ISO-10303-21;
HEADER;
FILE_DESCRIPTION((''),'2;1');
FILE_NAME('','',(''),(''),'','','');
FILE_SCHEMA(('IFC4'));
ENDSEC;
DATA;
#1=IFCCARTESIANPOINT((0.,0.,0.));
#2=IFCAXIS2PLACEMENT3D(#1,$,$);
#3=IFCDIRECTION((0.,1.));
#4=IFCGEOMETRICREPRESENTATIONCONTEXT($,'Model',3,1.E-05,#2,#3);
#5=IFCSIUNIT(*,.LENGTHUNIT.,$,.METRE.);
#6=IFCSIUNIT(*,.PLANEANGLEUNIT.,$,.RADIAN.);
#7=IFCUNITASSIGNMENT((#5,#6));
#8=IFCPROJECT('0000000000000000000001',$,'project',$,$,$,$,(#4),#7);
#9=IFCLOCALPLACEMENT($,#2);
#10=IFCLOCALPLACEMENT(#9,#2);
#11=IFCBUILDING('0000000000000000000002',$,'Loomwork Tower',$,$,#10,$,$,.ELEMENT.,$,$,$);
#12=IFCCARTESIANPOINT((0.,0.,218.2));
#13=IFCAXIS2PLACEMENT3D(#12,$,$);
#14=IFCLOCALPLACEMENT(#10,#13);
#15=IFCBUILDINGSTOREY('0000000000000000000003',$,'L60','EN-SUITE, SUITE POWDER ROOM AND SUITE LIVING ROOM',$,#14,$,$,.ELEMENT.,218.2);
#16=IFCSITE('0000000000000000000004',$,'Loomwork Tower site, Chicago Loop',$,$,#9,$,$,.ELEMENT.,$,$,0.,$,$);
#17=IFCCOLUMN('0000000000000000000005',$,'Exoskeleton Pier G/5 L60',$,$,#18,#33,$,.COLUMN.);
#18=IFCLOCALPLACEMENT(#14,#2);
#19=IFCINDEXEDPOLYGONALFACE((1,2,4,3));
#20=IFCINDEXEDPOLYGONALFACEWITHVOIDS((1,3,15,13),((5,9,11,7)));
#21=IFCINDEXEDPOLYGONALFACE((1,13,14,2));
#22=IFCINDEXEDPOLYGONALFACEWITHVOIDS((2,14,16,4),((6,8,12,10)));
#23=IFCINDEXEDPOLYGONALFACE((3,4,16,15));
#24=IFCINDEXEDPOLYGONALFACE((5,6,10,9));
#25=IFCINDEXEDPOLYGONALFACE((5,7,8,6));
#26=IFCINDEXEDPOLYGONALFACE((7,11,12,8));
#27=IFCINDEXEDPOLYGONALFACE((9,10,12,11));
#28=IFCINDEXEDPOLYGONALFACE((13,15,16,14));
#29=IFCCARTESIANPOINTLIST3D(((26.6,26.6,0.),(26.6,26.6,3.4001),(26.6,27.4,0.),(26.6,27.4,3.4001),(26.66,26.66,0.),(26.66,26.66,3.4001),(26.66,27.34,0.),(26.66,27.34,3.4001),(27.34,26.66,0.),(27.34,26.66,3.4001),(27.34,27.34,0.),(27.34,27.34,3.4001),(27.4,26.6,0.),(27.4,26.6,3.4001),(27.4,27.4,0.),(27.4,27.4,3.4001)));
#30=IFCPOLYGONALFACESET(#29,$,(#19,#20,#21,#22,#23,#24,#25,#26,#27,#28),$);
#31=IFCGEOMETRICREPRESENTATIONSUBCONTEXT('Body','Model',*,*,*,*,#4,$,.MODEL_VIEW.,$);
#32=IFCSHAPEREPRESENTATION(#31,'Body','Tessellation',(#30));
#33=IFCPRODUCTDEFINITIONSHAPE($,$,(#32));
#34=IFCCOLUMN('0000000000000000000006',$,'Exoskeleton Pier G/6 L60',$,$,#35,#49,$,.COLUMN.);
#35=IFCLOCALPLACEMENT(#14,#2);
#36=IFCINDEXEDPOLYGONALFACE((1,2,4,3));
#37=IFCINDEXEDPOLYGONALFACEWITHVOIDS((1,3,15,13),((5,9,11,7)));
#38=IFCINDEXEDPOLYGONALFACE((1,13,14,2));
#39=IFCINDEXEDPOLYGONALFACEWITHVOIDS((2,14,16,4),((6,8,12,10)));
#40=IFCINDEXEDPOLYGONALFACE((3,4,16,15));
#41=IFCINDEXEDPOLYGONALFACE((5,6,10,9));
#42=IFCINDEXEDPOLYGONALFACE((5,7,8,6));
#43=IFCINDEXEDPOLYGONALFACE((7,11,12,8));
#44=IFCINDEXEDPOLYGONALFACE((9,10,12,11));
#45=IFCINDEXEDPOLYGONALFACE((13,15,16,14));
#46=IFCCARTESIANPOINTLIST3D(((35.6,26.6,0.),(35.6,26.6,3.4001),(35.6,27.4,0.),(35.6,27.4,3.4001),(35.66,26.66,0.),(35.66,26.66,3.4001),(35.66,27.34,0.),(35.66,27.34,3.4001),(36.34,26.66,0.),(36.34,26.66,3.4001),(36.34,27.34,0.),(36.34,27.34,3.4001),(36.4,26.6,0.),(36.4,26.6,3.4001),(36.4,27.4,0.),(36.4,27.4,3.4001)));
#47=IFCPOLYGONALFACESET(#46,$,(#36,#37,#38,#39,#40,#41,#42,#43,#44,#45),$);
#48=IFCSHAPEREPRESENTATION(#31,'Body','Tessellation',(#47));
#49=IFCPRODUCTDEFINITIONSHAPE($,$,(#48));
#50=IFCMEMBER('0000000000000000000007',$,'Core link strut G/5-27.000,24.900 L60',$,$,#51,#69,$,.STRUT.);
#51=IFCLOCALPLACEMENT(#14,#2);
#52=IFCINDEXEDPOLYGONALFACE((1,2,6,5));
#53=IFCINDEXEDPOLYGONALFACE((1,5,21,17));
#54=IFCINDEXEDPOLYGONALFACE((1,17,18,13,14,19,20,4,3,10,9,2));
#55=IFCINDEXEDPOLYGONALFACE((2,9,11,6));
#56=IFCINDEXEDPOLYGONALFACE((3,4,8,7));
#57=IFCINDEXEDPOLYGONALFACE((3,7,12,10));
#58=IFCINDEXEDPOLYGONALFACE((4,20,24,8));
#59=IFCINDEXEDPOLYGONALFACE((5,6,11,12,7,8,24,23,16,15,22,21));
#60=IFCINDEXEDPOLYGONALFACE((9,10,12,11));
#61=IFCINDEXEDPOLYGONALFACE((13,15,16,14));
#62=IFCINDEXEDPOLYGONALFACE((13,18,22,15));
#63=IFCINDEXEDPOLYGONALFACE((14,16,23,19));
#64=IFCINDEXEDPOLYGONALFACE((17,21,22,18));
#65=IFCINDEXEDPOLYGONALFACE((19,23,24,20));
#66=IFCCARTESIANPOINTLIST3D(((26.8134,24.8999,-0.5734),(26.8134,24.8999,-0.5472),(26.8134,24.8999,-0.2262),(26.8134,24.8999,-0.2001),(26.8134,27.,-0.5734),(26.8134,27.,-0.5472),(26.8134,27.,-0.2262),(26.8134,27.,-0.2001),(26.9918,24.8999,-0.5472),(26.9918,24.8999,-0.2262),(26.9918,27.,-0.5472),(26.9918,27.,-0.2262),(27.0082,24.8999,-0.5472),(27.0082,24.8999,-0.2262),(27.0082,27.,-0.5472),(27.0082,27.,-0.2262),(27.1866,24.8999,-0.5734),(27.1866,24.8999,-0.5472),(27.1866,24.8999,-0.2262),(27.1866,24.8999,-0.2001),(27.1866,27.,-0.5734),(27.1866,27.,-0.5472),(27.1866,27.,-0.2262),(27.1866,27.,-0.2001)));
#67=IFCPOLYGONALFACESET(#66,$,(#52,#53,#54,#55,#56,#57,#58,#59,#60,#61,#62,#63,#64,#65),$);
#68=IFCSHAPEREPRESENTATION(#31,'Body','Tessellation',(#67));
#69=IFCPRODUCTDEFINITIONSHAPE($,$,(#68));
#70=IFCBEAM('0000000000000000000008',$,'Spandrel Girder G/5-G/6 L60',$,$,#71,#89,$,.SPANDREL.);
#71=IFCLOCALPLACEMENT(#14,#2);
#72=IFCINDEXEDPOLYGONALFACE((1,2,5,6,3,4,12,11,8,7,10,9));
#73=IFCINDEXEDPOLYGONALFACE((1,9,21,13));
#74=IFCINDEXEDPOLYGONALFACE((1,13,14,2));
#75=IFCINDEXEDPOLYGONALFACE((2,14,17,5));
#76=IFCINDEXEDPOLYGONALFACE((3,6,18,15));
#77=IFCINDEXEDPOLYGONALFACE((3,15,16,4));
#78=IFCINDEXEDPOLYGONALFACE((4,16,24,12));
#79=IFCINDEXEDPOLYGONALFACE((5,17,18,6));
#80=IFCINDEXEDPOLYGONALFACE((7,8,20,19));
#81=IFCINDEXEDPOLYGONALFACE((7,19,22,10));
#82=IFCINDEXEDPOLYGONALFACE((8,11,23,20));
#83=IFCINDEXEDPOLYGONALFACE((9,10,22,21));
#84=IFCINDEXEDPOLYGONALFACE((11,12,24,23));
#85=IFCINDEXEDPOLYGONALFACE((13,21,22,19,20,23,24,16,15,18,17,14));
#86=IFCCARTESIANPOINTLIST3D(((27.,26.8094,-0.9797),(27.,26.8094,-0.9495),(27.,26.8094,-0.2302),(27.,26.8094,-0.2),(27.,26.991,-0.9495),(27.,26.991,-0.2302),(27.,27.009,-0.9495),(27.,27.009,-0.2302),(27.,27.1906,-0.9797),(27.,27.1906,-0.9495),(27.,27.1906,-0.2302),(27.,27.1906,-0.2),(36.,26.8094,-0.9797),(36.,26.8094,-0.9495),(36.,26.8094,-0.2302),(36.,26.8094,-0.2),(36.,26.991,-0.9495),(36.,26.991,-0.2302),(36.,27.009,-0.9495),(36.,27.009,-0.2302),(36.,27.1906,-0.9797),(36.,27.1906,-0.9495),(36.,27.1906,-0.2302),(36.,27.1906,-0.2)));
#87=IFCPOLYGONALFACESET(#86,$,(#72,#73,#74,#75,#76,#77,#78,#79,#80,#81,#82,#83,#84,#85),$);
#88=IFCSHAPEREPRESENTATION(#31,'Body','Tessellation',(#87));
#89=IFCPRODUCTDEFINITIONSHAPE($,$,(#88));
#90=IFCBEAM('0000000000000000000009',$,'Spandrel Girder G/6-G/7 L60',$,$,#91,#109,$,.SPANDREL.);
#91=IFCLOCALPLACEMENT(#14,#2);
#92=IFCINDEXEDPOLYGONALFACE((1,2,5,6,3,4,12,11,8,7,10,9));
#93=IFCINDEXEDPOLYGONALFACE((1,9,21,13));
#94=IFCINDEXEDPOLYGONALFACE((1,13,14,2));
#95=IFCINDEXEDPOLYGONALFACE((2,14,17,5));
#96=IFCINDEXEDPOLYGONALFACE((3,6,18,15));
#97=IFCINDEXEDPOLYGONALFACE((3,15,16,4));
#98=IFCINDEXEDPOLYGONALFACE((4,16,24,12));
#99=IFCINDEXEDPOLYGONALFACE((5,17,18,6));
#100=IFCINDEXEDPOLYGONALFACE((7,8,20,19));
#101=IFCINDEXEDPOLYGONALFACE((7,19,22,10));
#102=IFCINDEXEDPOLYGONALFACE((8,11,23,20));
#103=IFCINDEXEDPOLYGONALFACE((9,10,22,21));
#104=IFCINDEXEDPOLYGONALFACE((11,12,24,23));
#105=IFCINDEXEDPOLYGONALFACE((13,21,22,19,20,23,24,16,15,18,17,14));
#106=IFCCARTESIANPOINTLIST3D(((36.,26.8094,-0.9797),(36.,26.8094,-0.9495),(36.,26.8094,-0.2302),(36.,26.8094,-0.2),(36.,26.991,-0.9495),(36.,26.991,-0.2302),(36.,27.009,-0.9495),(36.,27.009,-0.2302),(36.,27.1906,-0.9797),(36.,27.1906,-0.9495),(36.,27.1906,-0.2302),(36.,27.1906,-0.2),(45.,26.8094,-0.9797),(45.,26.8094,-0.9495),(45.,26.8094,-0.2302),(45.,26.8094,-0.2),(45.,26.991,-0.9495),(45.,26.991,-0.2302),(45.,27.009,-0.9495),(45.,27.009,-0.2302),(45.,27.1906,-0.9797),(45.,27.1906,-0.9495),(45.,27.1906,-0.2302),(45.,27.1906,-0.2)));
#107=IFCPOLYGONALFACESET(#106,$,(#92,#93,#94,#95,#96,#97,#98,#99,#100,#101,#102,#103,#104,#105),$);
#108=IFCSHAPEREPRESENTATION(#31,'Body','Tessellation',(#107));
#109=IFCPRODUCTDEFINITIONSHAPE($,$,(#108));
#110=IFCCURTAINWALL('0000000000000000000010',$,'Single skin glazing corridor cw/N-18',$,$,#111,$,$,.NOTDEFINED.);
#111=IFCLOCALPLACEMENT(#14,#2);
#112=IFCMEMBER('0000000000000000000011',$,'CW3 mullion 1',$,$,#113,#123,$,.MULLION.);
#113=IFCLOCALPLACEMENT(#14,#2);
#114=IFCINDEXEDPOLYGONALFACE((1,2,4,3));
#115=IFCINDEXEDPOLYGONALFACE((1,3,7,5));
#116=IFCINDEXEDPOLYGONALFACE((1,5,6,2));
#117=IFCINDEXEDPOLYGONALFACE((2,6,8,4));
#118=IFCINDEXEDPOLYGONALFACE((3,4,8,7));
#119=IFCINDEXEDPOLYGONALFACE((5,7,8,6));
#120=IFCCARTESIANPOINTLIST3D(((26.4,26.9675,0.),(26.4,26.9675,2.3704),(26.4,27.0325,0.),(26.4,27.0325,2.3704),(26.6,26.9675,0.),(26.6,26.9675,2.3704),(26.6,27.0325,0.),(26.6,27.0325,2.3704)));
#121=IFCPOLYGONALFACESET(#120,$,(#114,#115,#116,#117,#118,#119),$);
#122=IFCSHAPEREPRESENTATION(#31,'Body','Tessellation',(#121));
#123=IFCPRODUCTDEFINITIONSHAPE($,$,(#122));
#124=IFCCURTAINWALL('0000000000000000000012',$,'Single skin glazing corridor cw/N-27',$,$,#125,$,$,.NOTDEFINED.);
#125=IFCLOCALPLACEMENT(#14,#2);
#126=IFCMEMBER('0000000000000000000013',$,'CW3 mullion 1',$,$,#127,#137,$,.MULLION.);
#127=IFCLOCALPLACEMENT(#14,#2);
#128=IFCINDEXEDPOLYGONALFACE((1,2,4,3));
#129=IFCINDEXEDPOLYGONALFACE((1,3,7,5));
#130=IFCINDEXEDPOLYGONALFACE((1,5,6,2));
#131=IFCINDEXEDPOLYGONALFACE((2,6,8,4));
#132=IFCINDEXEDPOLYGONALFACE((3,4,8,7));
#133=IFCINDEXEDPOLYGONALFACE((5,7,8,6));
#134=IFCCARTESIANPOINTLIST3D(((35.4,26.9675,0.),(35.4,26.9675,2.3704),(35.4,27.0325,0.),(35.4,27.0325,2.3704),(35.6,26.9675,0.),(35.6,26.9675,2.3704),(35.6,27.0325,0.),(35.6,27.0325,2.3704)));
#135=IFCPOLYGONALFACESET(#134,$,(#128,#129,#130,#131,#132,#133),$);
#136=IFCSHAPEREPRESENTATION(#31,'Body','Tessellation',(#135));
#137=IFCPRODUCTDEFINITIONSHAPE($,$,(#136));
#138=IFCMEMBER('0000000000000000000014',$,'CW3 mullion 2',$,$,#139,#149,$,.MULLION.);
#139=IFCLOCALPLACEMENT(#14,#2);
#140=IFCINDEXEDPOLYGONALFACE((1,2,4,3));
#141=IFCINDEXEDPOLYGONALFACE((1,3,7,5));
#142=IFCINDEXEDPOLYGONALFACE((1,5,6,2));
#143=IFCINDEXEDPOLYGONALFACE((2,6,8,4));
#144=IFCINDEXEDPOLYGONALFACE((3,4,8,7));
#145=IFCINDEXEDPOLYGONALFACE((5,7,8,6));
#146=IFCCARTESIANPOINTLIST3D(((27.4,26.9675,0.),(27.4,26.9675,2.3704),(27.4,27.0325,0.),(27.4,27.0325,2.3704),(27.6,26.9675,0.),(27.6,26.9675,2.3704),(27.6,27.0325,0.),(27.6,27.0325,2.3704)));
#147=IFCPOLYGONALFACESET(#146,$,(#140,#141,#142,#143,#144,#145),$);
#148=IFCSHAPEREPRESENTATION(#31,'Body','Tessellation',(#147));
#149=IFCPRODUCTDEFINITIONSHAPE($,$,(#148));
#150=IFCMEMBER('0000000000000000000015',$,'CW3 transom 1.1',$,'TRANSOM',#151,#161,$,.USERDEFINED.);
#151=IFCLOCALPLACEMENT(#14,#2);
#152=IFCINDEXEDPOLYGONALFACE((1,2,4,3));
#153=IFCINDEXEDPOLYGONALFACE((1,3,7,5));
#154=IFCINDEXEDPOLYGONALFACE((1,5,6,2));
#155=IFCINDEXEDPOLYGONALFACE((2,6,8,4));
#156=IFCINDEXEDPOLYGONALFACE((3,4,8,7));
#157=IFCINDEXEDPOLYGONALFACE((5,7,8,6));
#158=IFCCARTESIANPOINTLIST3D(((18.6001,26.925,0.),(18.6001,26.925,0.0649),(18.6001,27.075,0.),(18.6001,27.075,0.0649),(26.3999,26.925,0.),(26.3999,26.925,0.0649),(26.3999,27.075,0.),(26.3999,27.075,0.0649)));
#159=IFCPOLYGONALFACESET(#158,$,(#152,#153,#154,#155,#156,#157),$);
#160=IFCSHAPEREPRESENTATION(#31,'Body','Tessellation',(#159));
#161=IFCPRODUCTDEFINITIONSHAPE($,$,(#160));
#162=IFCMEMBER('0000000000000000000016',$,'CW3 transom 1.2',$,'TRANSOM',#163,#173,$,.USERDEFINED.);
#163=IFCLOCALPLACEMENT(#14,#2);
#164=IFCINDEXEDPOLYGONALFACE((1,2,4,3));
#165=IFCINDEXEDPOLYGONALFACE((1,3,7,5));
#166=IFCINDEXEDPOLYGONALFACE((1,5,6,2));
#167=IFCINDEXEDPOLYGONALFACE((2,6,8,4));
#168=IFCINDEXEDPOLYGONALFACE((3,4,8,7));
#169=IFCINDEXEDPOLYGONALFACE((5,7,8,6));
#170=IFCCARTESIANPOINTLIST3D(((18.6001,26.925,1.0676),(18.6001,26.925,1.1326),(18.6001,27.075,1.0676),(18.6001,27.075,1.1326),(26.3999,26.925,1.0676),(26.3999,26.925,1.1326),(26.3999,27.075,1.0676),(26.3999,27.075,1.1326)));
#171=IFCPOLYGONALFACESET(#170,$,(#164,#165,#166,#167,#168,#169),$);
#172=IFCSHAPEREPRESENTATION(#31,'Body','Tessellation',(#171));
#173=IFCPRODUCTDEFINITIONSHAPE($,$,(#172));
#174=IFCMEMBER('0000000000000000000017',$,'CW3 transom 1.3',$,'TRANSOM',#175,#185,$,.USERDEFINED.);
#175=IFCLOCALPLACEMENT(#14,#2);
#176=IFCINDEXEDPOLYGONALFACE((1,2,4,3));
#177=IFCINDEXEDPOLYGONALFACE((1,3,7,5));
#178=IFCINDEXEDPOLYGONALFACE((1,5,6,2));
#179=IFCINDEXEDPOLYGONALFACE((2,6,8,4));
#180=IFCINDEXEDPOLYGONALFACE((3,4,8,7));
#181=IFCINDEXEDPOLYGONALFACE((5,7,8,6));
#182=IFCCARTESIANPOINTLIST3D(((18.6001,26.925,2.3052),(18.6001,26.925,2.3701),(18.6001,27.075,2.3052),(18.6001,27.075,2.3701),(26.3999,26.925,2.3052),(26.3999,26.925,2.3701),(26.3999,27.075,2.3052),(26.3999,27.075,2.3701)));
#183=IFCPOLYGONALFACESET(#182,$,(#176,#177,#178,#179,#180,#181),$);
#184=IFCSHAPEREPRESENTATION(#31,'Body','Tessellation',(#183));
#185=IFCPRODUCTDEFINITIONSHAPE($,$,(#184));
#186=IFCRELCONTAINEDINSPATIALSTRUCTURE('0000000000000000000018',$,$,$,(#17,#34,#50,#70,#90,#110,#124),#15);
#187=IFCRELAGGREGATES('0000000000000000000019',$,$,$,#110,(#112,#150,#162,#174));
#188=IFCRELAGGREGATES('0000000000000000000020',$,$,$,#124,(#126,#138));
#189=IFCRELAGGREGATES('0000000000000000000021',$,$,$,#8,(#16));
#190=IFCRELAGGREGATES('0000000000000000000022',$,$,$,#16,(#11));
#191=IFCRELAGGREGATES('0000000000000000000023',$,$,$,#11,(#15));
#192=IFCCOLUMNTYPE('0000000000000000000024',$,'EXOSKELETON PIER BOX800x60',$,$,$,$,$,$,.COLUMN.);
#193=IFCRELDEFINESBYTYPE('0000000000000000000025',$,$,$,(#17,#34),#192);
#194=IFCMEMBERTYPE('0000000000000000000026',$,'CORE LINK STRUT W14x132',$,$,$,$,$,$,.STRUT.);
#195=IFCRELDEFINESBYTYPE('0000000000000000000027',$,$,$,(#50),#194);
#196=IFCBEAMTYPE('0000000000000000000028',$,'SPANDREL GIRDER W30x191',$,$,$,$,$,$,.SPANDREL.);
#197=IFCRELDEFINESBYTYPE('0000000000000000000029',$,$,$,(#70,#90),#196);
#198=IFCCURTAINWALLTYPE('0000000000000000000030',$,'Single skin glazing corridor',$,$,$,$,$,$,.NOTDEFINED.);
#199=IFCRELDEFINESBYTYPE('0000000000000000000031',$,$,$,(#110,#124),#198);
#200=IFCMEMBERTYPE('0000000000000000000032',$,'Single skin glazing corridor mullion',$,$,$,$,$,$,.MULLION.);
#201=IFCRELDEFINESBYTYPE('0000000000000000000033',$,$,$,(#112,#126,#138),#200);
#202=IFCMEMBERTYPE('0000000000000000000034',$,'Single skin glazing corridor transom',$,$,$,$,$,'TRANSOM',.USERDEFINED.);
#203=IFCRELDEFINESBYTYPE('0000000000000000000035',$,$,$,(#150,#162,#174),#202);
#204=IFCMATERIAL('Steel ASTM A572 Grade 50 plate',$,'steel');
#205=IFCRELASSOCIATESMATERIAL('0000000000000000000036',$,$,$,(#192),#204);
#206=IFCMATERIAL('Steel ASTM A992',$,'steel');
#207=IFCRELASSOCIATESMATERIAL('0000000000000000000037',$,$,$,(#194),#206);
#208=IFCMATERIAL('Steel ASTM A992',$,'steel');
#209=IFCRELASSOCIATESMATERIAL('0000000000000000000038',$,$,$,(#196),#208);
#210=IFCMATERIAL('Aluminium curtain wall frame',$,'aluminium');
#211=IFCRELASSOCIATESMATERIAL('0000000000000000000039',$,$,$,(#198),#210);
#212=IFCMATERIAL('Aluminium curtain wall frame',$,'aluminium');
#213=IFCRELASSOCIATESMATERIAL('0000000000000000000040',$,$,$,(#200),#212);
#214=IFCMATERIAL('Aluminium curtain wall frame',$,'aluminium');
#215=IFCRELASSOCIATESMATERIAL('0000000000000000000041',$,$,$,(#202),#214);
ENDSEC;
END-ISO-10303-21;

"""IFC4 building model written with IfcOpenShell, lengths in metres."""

from ifc_helpers import new_model, si_unit, direction, frame, origin, origin_2d, place, context, subcontext, project, spatial, rectangle, hollow_rectangle, i_section, extrude, material, material_profile, profile_set, type_object, element, aggregate, save


model = new_model("IFC4")

# Units and contexts
model_context = context("Model", 3, precision=1e-05, world=origin(), true_north=direction((0.0, 1.0)))
body_context = subcontext(model_context, "Body", "Model", "MODEL_VIEW")
ifc_project = project(units=[si_unit("LENGTHUNIT", "METRE"), si_unit("PLANEANGLEUNIT", "RADIAN")], contexts=[model_context])

# Site, building, storey
site_placement = place(None, origin())
site = spatial("IfcSite", under=ifc_project, at=site_placement, Name="Loomwork Tower site, Chicago Loop", CompositionType="ELEMENT", RefElevation=0.0)
building_placement = place(site_placement, origin())
building = spatial("IfcBuilding", under=site, at=building_placement, Name="Loomwork Tower", CompositionType="ELEMENT")
storey_placement = place(building_placement, frame((0.0, 0.0, 218.2)))
storey = spatial("IfcBuildingStorey", under=building, at=storey_placement, Name="L60", Description="EN-SUITE, SUITE POWDER ROOM AND SUITE LIVING ROOM", CompositionType="ELEMENT", Elevation=218.2)

# Columns
ifc_material_1 = material(Name="Steel ASTM A572 Grade 50 plate", Category="steel")
ifc_material_profile_1 = material_profile(ifc_material_1, hollow_rectangle(XDim=0.8, YDim=0.8, WallThickness=0.0601, at=origin_2d()), Name="BOX800x60")
ifc_profile_set_1 = profile_set([ifc_material_profile_1], Name="Steel ASTM A572 Grade 50 plate")
column_type = type_object("IfcColumnType", Name="EXOSKELETON PIER BOX800x60", PredefinedType="COLUMN", material=ifc_profile_set_1)
for number, where, z_axis, x_axis, name in (
    (1, (27.0, 27.0, 0.0), (0.0, 0.0, 1.0), (1.0, 0.0, 0.0), "Exoskeleton Pier G/5 L60"),
    (2, (36.0, 27.0, 0.0), (0.0, 0.0, 1.0), (1.0, 0.0, 0.0), "Exoskeleton Pier G/6 L60"),
):
    element("IfcColumn", number, at=place(storey_placement, frame(where, z_axis=z_axis, x_axis=x_axis)), inside=storey, type_object=column_type, Name=name, PredefinedType="COLUMN", context=body_context, shape_type="SweptSolid", body=[
        extrude(hollow_rectangle(XDim=0.8, YDim=0.8, WallThickness=0.0601, at=origin_2d()), origin(), (0.0, 0.0, 1.0), 3.4001),
    ])

# Member
ifc_material_2 = material(Name="Steel ASTM A992", Category="steel")
ifc_material_profile_2 = material_profile(ifc_material_2, i_section(OverallWidth=0.3733, OverallDepth=0.3733, WebThickness=0.0164, FlangeThickness=0.0261, at=origin_2d()), Name="W14x132")
ifc_profile_set_2 = profile_set([ifc_material_profile_2], Name="Steel ASTM A992")
member_type_1 = type_object("IfcMemberType", Name="CORE LINK STRUT W14x132", PredefinedType="STRUT", material=ifc_profile_set_2)
member_1_placement = place(storey_placement, frame((27.0, 27.0, -0.3867), z_axis=(0.0, -1.0, 0.0), x_axis=(1.0, 0.0, 0.0)))
element("IfcMember", 3, at=member_1_placement, inside=storey, type_object=member_type_1, Name="Core link strut G/5-27.000,24.900 L60", PredefinedType="STRUT", context=body_context, shape_type="SweptSolid", body=[
    extrude(i_section(OverallWidth=0.3733, OverallDepth=0.3733, WebThickness=0.0164, FlangeThickness=0.0261, at=origin_2d()), origin(), (0.0, 0.0, 1.0), 2.1001),
])

# Beams
ifc_material_3 = material(Name="Steel ASTM A992", Category="steel")
ifc_material_profile_3 = material_profile(ifc_material_3, i_section(OverallWidth=0.3811, OverallDepth=0.7798, WebThickness=0.0181, FlangeThickness=0.0303, at=origin_2d()), Name="W30x191")
ifc_profile_set_3 = profile_set([ifc_material_profile_3], Name="Steel ASTM A992")
beam_type = type_object("IfcBeamType", Name="SPANDREL GIRDER W30x191", PredefinedType="SPANDREL", material=ifc_profile_set_3)
for number, where, z_axis, x_axis, name in (
    (4, (27.0, 27.0, -0.5898), (1.0, 0.0, 0.0), (0.0, 1.0, 0.0), "Spandrel Girder G/5-G/6 L60"),
    (5, (36.0, 27.0, -0.5898), (1.0, 0.0, 0.0), (0.0, 1.0, 0.0), "Spandrel Girder G/6-G/7 L60"),
):
    element("IfcBeam", number, at=place(storey_placement, frame(where, z_axis=z_axis, x_axis=x_axis)), inside=storey, type_object=beam_type, Name=name, PredefinedType="SPANDREL", context=body_context, shape_type="SweptSolid", body=[
        extrude(i_section(OverallWidth=0.3811, OverallDepth=0.7798, WebThickness=0.0181, FlangeThickness=0.0303, at=origin_2d()), origin(), (0.0, 0.0, 1.0), 9.0),
    ])

# Curtain wall, member
ifc_material_4 = material(Name="Aluminium curtain wall frame", Category="aluminium")
curtain_wall_type = type_object("IfcCurtainWallType", Name="Single skin glazing corridor", PredefinedType="NOTDEFINED", material=ifc_material_4)
curtain_wall_1_placement = place(storey_placement, origin())
curtain_wall_1 = element("IfcCurtainWall", 6, at=curtain_wall_1_placement, inside=storey, type_object=curtain_wall_type, Name="Single skin glazing corridor cw/N-18", PredefinedType="NOTDEFINED")
ifc_material_5 = material(Name="Aluminium curtain wall frame", Category="aluminium")
ifc_material_profile_4 = material_profile(ifc_material_5, rectangle(XDim=0.0649, YDim=0.2, at=origin_2d()), Name="AL 65x200")
ifc_profile_set_4 = profile_set([ifc_material_profile_4], Name="Aluminium curtain wall frame")
member_type_2 = type_object("IfcMemberType", Name="Single skin glazing corridor mullion", PredefinedType="MULLION", material=ifc_profile_set_4)
member_2_placement = place(storey_placement, frame((26.5, 27.0, 0.0), z_axis=(0.0, 0.0, 1.0), x_axis=(0.0, -1.0, 0.0)))
member_2 = element("IfcMember", 7, at=member_2_placement, type_object=member_type_2, Name="CW3 mullion 1", PredefinedType="MULLION", context=body_context, shape_type="SweptSolid", body=[
    extrude(rectangle(XDim=0.0649, YDim=0.2, at=origin_2d()), origin(), (0.0, 0.0, 1.0), 2.3704),
])

# Curtain wall, members
curtain_wall_2_placement = place(storey_placement, origin())
curtain_wall_2 = element("IfcCurtainWall", 8, at=curtain_wall_2_placement, inside=storey, type_object=curtain_wall_type, Name="Single skin glazing corridor cw/N-27", PredefinedType="NOTDEFINED")
member_3_placement = place(storey_placement, frame((35.5, 27.0, 0.0), z_axis=(0.0, 0.0, 1.0), x_axis=(0.0, -1.0, 0.0)))
member_3 = element("IfcMember", 9, at=member_3_placement, type_object=member_type_2, Name="CW3 mullion 1", PredefinedType="MULLION", context=body_context, shape_type="SweptSolid", body=[
    extrude(rectangle(XDim=0.0649, YDim=0.2, at=origin_2d()), origin(), (0.0, 0.0, 1.0), 2.3704),
])
member_4_placement = place(storey_placement, frame((27.5, 27.0, 0.0), z_axis=(0.0, 0.0, 1.0), x_axis=(0.0, -1.0, 0.0)))
member_4 = element("IfcMember", 10, at=member_4_placement, type_object=member_type_2, Name="CW3 mullion 2", PredefinedType="MULLION", context=body_context, shape_type="SweptSolid", body=[
    extrude(rectangle(XDim=0.0649, YDim=0.2, at=origin_2d()), origin(), (0.0, 0.0, 1.0), 2.3704),
])

# Members
ifc_material_6 = material(Name="Aluminium curtain wall frame", Category="aluminium")
ifc_material_profile_5 = material_profile(ifc_material_6, rectangle(XDim=0.1499, YDim=0.0649, at=origin_2d()), Name="AL 65x150")
ifc_profile_set_5 = profile_set([ifc_material_profile_5], Name="Aluminium curtain wall frame")
member_type_3 = type_object("IfcMemberType", Name="Single skin glazing corridor transom", ElementType="TRANSOM", PredefinedType="USERDEFINED", material=ifc_profile_set_5)
member_5_placement = place(storey_placement, frame((26.3999, 27.0, 0.0325), z_axis=(-1.0, 0.0, 0.0), x_axis=(0.0, -1.0, 0.0)))
member_5 = element("IfcMember", 11, at=member_5_placement, type_object=member_type_3, Name="CW3 transom 1.1", ObjectType="TRANSOM", PredefinedType="USERDEFINED", context=body_context, shape_type="SweptSolid", body=[
    extrude(rectangle(XDim=0.1499, YDim=0.0649, at=origin_2d()), origin(), (0.0, 0.0, 1.0), 7.7998),
])
member_6_placement = place(storey_placement, frame((26.3999, 27.0, 1.1001), z_axis=(-1.0, 0.0, 0.0), x_axis=(0.0, -1.0, 0.0)))
member_6 = element("IfcMember", 12, at=member_6_placement, type_object=member_type_3, Name="CW3 transom 1.2", ObjectType="TRANSOM", PredefinedType="USERDEFINED", context=body_context, shape_type="SweptSolid", body=[
    extrude(rectangle(XDim=0.1499, YDim=0.0649, at=origin_2d()), origin(), (0.0, 0.0, 1.0), 7.7998),
])
member_7_placement = place(storey_placement, frame((26.3999, 27.0, 2.3376), z_axis=(-1.0, 0.0, 0.0), x_axis=(0.0, -1.0, 0.0)))
member_7 = element("IfcMember", 13, at=member_7_placement, type_object=member_type_3, Name="CW3 transom 1.3", ObjectType="TRANSOM", PredefinedType="USERDEFINED", context=body_context, shape_type="SweptSolid", body=[
    extrude(rectangle(XDim=0.1499, YDim=0.0649, at=origin_2d()), origin(), (0.0, 0.0, 1.0), 7.7998),
])

aggregate(curtain_wall_1, [member_2, member_5, member_6, member_7])
aggregate(curtain_wall_2, [member_3, member_4])

save(model, "model.ifc")
